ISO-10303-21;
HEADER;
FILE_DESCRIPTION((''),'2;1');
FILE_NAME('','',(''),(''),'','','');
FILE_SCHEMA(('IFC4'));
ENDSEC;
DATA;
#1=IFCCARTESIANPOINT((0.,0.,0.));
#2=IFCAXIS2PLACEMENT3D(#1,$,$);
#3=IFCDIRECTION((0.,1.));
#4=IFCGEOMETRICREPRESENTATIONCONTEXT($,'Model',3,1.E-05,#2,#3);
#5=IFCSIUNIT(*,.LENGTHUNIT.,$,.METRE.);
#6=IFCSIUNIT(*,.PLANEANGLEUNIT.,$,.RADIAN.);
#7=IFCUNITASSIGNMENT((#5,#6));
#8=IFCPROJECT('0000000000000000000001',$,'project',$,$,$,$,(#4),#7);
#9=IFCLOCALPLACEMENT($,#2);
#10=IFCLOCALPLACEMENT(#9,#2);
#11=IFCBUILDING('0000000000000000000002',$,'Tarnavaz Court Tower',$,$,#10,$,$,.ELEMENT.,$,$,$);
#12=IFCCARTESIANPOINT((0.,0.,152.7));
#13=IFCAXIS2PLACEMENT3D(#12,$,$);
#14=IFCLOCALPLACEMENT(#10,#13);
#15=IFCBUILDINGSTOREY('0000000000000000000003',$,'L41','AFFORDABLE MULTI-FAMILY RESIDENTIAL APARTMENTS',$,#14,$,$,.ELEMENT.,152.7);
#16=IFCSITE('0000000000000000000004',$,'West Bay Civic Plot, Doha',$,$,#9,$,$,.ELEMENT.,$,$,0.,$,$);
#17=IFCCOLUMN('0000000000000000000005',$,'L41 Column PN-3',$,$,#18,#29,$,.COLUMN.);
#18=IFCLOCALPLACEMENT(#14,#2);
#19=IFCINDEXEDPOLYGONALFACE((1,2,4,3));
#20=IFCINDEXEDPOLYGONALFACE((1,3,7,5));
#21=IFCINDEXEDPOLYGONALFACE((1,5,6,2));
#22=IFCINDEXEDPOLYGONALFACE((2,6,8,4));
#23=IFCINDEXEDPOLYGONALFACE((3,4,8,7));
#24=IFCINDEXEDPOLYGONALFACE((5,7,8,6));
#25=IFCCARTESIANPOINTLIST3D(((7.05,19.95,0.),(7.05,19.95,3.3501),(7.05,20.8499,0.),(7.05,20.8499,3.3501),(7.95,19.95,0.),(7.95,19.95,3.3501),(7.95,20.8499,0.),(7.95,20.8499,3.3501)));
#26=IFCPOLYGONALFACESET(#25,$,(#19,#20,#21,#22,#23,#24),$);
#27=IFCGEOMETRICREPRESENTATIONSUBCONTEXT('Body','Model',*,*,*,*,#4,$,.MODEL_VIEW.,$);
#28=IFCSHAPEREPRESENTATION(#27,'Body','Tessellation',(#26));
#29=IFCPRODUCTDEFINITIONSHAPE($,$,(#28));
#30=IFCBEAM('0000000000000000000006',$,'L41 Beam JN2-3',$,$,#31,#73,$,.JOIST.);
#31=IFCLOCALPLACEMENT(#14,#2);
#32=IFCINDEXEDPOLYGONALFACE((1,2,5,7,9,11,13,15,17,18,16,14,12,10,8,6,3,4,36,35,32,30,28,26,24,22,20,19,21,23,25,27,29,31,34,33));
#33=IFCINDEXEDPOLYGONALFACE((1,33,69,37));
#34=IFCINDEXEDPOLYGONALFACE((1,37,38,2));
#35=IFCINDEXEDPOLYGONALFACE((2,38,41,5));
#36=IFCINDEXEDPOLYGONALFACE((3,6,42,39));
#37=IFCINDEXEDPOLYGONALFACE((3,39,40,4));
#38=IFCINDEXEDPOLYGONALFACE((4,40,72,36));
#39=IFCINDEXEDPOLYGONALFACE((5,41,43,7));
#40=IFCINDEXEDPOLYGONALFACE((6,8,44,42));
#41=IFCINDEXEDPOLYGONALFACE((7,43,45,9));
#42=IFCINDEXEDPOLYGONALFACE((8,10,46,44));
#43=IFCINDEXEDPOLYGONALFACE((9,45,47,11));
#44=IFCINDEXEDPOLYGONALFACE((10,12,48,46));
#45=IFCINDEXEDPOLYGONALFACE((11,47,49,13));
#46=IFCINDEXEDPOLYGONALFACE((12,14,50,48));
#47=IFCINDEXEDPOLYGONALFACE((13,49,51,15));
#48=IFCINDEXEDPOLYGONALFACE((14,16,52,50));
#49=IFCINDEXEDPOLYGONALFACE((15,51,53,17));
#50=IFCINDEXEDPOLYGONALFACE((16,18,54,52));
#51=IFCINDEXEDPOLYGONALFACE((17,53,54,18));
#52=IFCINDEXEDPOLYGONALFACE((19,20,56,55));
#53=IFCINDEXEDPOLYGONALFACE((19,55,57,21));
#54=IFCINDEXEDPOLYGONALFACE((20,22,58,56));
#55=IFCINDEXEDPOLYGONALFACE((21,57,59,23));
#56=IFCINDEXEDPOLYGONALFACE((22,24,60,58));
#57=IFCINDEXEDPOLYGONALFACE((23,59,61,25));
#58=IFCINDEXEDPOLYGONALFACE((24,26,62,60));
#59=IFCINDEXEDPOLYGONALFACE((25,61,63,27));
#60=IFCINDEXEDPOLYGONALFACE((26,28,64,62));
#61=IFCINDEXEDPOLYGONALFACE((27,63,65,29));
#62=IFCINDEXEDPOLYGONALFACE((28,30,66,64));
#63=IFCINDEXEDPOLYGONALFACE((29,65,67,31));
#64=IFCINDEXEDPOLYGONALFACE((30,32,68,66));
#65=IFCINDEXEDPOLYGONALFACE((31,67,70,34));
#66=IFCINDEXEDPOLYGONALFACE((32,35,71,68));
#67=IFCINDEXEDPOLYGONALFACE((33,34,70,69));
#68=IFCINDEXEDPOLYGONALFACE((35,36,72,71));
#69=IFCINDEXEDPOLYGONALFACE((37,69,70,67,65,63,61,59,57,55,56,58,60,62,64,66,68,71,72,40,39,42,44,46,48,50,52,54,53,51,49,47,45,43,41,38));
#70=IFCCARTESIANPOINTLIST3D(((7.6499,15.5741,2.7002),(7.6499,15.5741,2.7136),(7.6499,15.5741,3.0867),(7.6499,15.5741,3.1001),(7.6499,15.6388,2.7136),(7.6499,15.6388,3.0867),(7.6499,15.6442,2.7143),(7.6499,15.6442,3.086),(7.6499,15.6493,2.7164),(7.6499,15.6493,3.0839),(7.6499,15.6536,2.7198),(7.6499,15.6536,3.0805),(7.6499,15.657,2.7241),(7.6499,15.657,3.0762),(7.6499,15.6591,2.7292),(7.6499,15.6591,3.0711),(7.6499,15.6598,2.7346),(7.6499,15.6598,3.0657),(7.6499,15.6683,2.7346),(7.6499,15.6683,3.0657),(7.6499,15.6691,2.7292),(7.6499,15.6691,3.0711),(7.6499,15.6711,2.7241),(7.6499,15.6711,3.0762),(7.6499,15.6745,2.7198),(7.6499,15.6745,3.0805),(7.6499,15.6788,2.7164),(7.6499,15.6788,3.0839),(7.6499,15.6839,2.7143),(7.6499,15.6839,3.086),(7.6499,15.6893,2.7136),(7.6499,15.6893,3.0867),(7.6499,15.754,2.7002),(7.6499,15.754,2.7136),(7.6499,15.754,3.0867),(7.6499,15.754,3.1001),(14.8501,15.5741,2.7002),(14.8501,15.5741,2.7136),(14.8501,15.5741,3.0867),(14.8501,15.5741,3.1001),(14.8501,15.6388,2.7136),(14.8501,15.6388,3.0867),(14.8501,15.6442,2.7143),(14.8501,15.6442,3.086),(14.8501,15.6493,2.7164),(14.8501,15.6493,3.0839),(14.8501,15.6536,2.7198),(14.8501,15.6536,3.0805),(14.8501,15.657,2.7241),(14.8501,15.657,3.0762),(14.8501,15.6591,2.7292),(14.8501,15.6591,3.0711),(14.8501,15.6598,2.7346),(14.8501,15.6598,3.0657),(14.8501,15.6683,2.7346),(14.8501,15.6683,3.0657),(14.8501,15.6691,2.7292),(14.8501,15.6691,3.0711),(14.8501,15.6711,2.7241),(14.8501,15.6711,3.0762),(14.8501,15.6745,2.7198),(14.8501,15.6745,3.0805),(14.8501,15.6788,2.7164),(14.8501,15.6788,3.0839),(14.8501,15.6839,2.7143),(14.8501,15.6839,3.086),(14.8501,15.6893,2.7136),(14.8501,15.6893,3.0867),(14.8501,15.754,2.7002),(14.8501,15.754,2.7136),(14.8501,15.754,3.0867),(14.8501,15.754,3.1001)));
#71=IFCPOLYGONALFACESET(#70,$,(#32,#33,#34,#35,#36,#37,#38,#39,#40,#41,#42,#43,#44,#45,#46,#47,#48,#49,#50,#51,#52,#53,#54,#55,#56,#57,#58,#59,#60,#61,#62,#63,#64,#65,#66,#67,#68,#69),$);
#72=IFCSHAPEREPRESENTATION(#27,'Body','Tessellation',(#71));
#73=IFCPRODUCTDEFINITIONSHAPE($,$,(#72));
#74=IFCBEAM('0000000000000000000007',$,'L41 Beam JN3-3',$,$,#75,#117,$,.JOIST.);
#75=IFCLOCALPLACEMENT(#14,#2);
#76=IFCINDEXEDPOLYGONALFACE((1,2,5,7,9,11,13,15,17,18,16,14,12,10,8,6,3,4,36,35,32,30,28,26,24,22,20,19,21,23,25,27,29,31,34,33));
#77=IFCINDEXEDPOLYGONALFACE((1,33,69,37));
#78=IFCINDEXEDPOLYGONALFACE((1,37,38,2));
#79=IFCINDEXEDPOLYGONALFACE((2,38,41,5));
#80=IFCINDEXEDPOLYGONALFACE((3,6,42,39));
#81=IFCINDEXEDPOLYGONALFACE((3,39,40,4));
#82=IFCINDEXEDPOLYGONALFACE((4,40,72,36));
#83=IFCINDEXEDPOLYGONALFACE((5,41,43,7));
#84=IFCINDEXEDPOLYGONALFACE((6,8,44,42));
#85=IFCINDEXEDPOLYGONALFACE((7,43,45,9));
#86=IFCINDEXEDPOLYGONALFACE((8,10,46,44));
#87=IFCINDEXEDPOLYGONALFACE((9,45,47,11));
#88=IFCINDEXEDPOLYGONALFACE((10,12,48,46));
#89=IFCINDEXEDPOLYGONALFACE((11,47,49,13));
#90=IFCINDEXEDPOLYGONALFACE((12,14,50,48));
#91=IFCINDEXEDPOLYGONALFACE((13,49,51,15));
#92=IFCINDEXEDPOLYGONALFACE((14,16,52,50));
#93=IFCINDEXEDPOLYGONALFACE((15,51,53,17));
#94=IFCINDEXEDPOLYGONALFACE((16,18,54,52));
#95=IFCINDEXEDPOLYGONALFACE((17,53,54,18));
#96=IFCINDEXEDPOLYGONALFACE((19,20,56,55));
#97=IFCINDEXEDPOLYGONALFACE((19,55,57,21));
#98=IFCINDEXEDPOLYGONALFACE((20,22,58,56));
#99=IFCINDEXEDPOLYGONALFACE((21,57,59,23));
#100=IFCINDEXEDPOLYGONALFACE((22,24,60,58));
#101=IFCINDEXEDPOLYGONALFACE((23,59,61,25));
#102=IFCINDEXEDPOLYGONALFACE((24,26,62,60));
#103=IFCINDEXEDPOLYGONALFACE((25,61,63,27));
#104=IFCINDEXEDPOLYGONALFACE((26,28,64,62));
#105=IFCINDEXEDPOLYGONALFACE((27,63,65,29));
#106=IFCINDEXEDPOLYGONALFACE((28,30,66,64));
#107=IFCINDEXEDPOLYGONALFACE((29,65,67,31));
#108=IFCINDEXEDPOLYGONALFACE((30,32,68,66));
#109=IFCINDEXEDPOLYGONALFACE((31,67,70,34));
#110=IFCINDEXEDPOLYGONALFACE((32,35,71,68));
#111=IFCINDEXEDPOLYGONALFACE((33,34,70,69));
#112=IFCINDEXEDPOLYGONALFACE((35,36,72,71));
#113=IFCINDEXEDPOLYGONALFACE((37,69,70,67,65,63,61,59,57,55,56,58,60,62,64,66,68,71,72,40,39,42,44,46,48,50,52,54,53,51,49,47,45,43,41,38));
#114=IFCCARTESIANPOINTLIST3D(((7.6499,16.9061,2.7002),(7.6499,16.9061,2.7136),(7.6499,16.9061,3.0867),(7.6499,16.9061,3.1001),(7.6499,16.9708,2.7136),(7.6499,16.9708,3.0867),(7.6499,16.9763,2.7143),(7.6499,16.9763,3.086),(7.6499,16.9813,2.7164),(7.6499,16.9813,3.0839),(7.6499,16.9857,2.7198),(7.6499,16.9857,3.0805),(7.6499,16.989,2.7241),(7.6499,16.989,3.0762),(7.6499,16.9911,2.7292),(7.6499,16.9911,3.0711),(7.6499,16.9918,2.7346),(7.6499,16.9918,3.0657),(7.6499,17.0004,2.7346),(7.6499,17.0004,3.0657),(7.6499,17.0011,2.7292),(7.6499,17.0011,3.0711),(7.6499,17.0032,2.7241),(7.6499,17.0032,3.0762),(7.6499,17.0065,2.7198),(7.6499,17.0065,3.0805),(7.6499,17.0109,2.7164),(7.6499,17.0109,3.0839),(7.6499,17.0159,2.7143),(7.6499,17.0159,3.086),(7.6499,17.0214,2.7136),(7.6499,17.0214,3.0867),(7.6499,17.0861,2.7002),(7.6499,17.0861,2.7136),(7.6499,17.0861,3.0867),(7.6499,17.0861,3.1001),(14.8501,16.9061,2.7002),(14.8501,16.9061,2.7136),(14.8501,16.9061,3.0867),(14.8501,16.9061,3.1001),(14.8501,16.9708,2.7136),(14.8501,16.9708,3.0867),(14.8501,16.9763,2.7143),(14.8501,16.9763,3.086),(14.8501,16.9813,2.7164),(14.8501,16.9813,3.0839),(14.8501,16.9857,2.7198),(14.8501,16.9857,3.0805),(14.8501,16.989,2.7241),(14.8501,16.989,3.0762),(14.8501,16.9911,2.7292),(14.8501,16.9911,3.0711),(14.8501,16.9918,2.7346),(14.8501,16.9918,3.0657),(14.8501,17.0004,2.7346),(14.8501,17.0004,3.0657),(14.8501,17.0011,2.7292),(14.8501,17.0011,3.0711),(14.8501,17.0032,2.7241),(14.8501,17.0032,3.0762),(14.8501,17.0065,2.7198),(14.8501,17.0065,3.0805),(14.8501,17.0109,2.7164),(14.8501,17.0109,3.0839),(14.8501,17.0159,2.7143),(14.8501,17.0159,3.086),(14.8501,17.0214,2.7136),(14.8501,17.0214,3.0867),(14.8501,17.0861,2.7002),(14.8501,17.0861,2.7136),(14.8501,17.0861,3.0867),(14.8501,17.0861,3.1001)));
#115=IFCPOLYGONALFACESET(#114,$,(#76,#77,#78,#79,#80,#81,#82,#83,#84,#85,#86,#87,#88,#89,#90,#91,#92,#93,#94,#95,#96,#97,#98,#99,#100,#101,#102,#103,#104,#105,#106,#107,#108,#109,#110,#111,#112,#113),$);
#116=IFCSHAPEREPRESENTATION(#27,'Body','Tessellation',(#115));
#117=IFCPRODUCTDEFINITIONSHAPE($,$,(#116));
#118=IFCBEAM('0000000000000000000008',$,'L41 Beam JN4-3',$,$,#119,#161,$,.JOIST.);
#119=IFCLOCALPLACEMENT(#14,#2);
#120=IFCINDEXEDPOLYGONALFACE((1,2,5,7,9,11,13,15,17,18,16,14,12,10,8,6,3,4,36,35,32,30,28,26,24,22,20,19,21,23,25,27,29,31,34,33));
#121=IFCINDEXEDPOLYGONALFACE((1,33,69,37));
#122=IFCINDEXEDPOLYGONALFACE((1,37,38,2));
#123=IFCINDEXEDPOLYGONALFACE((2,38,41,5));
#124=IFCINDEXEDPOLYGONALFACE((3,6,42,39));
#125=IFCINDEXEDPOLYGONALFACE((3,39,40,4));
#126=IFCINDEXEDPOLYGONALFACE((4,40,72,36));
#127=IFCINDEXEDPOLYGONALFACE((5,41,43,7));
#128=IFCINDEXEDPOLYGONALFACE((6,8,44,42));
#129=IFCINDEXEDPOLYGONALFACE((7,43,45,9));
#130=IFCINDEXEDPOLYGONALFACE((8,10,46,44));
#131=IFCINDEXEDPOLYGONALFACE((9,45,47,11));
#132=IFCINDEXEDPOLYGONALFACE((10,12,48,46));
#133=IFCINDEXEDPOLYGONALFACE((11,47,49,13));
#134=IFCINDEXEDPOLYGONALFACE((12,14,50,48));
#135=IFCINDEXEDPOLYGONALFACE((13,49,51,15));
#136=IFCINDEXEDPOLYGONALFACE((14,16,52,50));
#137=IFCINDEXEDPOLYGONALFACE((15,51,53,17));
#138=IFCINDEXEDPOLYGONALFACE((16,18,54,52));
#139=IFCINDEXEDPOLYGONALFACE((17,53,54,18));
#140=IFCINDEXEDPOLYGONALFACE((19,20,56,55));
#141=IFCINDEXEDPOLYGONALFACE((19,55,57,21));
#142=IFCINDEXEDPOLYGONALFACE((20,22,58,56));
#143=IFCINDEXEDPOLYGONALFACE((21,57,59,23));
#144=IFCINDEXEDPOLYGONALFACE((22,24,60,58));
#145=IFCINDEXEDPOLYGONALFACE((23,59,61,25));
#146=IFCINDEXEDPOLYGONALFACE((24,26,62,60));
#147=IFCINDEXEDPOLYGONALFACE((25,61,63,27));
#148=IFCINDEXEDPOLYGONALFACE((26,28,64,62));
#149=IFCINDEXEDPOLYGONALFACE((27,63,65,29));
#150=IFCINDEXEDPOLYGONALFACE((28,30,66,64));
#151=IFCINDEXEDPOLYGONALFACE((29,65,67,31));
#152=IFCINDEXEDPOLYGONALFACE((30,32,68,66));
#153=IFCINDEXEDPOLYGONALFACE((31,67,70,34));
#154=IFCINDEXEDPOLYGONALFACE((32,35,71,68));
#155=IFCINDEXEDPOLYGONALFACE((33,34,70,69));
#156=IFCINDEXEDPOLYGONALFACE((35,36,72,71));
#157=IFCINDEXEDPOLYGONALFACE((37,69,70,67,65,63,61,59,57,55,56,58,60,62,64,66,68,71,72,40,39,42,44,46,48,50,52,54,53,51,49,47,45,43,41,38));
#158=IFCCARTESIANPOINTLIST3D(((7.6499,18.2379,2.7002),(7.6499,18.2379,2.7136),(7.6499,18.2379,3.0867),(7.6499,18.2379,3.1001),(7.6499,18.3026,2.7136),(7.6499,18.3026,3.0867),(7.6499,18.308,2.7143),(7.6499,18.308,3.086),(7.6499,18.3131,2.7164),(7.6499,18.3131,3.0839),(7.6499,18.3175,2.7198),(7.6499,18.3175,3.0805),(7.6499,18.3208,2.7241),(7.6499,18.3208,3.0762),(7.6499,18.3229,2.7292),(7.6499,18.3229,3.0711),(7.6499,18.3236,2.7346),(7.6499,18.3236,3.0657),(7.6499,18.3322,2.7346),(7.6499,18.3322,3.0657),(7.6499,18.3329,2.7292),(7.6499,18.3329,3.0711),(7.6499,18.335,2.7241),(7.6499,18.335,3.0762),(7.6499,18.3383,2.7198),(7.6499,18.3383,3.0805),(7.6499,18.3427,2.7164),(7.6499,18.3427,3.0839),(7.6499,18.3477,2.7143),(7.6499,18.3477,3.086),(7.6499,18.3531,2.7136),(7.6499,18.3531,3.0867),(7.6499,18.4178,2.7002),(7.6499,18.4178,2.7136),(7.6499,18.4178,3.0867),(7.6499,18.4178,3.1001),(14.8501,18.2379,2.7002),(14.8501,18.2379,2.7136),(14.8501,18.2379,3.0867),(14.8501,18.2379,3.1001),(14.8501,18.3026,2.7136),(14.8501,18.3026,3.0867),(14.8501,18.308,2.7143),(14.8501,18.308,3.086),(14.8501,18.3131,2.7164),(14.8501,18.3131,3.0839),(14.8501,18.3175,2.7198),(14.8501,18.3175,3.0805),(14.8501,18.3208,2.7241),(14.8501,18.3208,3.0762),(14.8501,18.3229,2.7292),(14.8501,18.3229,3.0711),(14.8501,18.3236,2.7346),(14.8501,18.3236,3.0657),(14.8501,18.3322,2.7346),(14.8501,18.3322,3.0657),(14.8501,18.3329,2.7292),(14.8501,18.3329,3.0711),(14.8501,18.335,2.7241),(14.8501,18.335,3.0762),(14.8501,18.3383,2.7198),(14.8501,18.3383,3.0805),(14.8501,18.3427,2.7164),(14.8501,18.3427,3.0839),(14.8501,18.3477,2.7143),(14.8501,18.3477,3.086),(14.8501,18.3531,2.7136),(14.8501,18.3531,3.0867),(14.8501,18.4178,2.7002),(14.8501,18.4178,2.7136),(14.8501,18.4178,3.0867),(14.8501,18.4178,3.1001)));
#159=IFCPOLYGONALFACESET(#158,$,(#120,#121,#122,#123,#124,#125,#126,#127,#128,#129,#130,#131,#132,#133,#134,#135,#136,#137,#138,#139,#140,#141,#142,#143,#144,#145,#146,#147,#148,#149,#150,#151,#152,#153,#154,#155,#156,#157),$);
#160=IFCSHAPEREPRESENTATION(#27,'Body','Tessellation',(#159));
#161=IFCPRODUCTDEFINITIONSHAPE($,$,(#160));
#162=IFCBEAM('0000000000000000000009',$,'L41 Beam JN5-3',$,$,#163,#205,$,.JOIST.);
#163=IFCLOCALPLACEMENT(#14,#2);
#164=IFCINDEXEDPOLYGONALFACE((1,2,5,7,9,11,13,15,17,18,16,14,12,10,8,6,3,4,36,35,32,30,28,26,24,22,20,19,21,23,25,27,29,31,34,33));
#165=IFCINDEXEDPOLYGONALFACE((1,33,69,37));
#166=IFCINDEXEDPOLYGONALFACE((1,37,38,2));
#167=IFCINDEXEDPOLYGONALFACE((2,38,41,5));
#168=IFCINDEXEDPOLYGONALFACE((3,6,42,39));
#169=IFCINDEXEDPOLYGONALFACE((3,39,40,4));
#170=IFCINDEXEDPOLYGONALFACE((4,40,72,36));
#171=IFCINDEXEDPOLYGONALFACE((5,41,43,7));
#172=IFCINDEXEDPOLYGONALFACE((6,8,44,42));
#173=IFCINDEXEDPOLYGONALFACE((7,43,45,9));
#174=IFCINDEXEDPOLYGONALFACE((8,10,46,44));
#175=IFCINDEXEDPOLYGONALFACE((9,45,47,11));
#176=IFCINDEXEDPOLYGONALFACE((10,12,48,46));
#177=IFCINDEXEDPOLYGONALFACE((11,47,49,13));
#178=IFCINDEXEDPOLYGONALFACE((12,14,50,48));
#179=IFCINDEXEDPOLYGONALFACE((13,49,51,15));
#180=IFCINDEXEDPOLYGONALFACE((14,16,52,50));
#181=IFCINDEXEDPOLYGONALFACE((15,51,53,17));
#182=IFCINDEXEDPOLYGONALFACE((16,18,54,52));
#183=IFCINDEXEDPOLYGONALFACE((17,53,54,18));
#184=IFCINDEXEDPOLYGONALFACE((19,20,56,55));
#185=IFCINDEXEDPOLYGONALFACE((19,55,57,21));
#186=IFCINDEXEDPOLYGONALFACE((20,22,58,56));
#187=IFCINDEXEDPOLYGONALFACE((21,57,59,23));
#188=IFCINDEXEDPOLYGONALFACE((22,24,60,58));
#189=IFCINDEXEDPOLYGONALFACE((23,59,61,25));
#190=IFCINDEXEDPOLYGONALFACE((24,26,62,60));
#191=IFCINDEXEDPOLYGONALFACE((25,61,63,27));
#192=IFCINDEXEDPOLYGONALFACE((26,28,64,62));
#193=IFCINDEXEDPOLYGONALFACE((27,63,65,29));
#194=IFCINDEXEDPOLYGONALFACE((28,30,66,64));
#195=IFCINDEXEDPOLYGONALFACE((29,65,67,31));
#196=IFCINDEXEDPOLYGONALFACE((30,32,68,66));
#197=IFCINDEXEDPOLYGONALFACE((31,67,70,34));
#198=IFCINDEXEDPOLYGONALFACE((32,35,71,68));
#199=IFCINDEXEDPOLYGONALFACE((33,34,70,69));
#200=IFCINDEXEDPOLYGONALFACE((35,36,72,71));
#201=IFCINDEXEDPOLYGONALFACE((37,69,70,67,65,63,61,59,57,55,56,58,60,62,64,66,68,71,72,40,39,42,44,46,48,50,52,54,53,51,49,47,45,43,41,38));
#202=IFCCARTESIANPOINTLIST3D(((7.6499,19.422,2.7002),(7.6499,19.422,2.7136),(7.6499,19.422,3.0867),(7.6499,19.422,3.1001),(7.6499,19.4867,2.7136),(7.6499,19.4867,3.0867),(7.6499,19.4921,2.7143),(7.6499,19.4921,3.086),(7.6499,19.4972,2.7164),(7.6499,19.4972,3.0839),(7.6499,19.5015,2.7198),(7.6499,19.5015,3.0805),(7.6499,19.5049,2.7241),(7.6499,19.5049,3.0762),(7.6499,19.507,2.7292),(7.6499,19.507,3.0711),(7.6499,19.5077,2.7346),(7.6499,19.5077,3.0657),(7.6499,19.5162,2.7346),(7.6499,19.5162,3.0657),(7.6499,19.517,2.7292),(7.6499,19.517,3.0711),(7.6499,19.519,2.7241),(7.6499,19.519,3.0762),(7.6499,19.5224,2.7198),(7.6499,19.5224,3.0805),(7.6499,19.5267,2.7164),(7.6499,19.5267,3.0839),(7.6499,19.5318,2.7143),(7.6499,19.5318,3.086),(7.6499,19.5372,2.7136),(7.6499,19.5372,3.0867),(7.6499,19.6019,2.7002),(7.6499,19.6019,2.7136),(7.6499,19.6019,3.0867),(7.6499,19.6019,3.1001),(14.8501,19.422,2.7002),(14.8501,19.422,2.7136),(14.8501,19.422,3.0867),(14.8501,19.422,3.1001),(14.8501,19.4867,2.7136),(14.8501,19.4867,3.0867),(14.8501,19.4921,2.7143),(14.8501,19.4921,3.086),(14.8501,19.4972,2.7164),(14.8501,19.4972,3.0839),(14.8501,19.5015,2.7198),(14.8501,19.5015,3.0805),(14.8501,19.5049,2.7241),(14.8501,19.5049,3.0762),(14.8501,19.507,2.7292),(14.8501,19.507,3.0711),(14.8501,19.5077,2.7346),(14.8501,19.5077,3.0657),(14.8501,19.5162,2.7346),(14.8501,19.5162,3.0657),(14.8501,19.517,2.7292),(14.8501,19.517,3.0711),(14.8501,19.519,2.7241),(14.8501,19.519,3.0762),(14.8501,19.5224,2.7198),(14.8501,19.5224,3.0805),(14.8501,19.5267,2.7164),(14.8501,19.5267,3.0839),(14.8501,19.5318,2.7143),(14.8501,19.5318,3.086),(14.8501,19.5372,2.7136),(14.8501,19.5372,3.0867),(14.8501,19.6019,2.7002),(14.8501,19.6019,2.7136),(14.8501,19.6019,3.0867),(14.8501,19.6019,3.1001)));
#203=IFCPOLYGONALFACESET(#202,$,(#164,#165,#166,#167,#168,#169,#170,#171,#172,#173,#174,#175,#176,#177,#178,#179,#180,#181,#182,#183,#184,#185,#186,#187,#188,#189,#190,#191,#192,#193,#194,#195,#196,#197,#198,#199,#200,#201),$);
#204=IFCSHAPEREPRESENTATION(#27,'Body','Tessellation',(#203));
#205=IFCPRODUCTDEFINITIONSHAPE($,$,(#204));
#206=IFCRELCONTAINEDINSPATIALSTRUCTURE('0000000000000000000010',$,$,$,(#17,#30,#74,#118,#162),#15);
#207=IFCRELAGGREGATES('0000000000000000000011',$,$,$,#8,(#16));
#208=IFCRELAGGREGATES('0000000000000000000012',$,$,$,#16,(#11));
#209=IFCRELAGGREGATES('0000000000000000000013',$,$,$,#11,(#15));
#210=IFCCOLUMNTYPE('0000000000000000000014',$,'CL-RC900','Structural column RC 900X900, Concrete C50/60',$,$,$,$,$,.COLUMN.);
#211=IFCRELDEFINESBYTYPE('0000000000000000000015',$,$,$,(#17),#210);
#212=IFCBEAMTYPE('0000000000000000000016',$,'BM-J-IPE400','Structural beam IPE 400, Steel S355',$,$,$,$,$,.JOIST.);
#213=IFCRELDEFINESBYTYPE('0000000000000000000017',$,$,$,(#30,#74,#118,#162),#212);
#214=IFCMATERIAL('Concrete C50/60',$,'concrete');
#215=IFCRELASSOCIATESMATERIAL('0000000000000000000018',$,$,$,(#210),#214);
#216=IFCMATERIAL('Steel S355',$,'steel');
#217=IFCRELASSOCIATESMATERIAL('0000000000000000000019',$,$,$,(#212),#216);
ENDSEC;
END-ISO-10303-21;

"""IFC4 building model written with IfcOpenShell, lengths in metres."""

from ifc_helpers import new_model, si_unit, direction, frame, origin, origin_2d, place, context, subcontext, project, spatial, rectangle, i_section, extrude, material, material_profile, profile_set, type_object, element, save


model = new_model("IFC4")

# Units and contexts
model_context = context("Model", 3, precision=1e-05, world=origin(), true_north=direction((0.0, 1.0)))
body_context = subcontext(model_context, "Body", "Model", "MODEL_VIEW")
ifc_project = project(units=[si_unit("LENGTHUNIT", "METRE"), si_unit("PLANEANGLEUNIT", "RADIAN")], contexts=[model_context])

# Site, building, storey
site_placement = place(None, origin())
site = spatial("IfcSite", under=ifc_project, at=site_placement, Name="West Bay Civic Plot, Doha", CompositionType="ELEMENT", RefElevation=0.0)
building_placement = place(site_placement, origin())
building = spatial("IfcBuilding", under=site, at=building_placement, Name="Tarnavaz Court Tower", CompositionType="ELEMENT")
storey_placement = place(building_placement, frame((0.0, 0.0, 152.7)))
storey = spatial("IfcBuildingStorey", under=building, at=storey_placement, Name="L41", Description="AFFORDABLE MULTI-FAMILY RESIDENTIAL APARTMENTS", CompositionType="ELEMENT", Elevation=152.7)

# Column
ifc_material_1 = material(Name="Concrete C50/60", Category="concrete")
ifc_material_profile_1 = material_profile(ifc_material_1, rectangle(XDim=0.8999, YDim=0.8999, at=origin_2d()), Name="RC 900X900")
ifc_profile_set_1 = profile_set([ifc_material_profile_1], Name="Concrete C50/60")
column_type = type_object("IfcColumnType", Name="CL-RC900", Description="Structural column RC 900X900, Concrete C50/60", PredefinedType="COLUMN", material=ifc_profile_set_1)
column_placement = place(storey_placement, frame((7.5, 20.3999, 0.0), z_axis=(0.0, 0.0, 1.0), x_axis=(1.0, 0.0, 0.0)))
element("IfcColumn", 1, at=column_placement, inside=storey, type_object=column_type, Name="L41 Column PN-3", PredefinedType="COLUMN", context=body_context, shape_type="SweptSolid", body=[
    extrude(rectangle(XDim=0.8999, YDim=0.8999, at=origin_2d()), origin(), (0.0, 0.0, 1.0), 3.3501),
])

# Beams
ifc_material_2 = material(Name="Steel S355", Category="steel")
ifc_material_profile_2 = material_profile(ifc_material_2, i_section(OverallWidth=0.1799, OverallDepth=0.3999, WebThickness=0.0085, FlangeThickness=0.0134, FilletRadius=0.021, at=origin_2d()), Name="IPE 400")
ifc_profile_set_2 = profile_set([ifc_material_profile_2], Name="Steel S355")
beam_type_1 = type_object("IfcBeamType", Name="BM-J-IPE400", Description="Structural beam IPE 400, Steel S355", PredefinedType="JOIST", material=ifc_profile_set_2)
for number, where, z_axis, x_axis, name in (
    (2, (7.6499, 15.6641, 2.9001), (1.0, 0.0, 0.0), (0.0, 1.0, 0.0), "L41 Beam JN2-3"),
    (3, (7.6499, 16.9961, 2.9001), (1.0, 0.0, 0.0), (0.0, 1.0, 0.0), "L41 Beam JN3-3"),
    (4, (7.6499, 18.3279, 2.9001), (1.0, 0.0, 0.0), (0.0, 1.0, 0.0), "L41 Beam JN4-3"),
    (5, (7.6499, 19.512, 2.9001), (1.0, 0.0, 0.0), (0.0, 1.0, 0.0), "L41 Beam JN5-3"),
):
    element("IfcBeam", number, at=place(storey_placement, frame(where, z_axis=z_axis, x_axis=x_axis)), inside=storey, type_object=beam_type_1, Name=name, PredefinedType="JOIST", context=body_context, shape_type="SweptSolid", body=[
        extrude(i_section(OverallWidth=0.1799, OverallDepth=0.3999, WebThickness=0.0085, FlangeThickness=0.0134, FilletRadius=0.021, at=origin_2d()), origin(), (0.0, 0.0, 1.0), 7.2002),
    ])

save(model, "model.ifc")
